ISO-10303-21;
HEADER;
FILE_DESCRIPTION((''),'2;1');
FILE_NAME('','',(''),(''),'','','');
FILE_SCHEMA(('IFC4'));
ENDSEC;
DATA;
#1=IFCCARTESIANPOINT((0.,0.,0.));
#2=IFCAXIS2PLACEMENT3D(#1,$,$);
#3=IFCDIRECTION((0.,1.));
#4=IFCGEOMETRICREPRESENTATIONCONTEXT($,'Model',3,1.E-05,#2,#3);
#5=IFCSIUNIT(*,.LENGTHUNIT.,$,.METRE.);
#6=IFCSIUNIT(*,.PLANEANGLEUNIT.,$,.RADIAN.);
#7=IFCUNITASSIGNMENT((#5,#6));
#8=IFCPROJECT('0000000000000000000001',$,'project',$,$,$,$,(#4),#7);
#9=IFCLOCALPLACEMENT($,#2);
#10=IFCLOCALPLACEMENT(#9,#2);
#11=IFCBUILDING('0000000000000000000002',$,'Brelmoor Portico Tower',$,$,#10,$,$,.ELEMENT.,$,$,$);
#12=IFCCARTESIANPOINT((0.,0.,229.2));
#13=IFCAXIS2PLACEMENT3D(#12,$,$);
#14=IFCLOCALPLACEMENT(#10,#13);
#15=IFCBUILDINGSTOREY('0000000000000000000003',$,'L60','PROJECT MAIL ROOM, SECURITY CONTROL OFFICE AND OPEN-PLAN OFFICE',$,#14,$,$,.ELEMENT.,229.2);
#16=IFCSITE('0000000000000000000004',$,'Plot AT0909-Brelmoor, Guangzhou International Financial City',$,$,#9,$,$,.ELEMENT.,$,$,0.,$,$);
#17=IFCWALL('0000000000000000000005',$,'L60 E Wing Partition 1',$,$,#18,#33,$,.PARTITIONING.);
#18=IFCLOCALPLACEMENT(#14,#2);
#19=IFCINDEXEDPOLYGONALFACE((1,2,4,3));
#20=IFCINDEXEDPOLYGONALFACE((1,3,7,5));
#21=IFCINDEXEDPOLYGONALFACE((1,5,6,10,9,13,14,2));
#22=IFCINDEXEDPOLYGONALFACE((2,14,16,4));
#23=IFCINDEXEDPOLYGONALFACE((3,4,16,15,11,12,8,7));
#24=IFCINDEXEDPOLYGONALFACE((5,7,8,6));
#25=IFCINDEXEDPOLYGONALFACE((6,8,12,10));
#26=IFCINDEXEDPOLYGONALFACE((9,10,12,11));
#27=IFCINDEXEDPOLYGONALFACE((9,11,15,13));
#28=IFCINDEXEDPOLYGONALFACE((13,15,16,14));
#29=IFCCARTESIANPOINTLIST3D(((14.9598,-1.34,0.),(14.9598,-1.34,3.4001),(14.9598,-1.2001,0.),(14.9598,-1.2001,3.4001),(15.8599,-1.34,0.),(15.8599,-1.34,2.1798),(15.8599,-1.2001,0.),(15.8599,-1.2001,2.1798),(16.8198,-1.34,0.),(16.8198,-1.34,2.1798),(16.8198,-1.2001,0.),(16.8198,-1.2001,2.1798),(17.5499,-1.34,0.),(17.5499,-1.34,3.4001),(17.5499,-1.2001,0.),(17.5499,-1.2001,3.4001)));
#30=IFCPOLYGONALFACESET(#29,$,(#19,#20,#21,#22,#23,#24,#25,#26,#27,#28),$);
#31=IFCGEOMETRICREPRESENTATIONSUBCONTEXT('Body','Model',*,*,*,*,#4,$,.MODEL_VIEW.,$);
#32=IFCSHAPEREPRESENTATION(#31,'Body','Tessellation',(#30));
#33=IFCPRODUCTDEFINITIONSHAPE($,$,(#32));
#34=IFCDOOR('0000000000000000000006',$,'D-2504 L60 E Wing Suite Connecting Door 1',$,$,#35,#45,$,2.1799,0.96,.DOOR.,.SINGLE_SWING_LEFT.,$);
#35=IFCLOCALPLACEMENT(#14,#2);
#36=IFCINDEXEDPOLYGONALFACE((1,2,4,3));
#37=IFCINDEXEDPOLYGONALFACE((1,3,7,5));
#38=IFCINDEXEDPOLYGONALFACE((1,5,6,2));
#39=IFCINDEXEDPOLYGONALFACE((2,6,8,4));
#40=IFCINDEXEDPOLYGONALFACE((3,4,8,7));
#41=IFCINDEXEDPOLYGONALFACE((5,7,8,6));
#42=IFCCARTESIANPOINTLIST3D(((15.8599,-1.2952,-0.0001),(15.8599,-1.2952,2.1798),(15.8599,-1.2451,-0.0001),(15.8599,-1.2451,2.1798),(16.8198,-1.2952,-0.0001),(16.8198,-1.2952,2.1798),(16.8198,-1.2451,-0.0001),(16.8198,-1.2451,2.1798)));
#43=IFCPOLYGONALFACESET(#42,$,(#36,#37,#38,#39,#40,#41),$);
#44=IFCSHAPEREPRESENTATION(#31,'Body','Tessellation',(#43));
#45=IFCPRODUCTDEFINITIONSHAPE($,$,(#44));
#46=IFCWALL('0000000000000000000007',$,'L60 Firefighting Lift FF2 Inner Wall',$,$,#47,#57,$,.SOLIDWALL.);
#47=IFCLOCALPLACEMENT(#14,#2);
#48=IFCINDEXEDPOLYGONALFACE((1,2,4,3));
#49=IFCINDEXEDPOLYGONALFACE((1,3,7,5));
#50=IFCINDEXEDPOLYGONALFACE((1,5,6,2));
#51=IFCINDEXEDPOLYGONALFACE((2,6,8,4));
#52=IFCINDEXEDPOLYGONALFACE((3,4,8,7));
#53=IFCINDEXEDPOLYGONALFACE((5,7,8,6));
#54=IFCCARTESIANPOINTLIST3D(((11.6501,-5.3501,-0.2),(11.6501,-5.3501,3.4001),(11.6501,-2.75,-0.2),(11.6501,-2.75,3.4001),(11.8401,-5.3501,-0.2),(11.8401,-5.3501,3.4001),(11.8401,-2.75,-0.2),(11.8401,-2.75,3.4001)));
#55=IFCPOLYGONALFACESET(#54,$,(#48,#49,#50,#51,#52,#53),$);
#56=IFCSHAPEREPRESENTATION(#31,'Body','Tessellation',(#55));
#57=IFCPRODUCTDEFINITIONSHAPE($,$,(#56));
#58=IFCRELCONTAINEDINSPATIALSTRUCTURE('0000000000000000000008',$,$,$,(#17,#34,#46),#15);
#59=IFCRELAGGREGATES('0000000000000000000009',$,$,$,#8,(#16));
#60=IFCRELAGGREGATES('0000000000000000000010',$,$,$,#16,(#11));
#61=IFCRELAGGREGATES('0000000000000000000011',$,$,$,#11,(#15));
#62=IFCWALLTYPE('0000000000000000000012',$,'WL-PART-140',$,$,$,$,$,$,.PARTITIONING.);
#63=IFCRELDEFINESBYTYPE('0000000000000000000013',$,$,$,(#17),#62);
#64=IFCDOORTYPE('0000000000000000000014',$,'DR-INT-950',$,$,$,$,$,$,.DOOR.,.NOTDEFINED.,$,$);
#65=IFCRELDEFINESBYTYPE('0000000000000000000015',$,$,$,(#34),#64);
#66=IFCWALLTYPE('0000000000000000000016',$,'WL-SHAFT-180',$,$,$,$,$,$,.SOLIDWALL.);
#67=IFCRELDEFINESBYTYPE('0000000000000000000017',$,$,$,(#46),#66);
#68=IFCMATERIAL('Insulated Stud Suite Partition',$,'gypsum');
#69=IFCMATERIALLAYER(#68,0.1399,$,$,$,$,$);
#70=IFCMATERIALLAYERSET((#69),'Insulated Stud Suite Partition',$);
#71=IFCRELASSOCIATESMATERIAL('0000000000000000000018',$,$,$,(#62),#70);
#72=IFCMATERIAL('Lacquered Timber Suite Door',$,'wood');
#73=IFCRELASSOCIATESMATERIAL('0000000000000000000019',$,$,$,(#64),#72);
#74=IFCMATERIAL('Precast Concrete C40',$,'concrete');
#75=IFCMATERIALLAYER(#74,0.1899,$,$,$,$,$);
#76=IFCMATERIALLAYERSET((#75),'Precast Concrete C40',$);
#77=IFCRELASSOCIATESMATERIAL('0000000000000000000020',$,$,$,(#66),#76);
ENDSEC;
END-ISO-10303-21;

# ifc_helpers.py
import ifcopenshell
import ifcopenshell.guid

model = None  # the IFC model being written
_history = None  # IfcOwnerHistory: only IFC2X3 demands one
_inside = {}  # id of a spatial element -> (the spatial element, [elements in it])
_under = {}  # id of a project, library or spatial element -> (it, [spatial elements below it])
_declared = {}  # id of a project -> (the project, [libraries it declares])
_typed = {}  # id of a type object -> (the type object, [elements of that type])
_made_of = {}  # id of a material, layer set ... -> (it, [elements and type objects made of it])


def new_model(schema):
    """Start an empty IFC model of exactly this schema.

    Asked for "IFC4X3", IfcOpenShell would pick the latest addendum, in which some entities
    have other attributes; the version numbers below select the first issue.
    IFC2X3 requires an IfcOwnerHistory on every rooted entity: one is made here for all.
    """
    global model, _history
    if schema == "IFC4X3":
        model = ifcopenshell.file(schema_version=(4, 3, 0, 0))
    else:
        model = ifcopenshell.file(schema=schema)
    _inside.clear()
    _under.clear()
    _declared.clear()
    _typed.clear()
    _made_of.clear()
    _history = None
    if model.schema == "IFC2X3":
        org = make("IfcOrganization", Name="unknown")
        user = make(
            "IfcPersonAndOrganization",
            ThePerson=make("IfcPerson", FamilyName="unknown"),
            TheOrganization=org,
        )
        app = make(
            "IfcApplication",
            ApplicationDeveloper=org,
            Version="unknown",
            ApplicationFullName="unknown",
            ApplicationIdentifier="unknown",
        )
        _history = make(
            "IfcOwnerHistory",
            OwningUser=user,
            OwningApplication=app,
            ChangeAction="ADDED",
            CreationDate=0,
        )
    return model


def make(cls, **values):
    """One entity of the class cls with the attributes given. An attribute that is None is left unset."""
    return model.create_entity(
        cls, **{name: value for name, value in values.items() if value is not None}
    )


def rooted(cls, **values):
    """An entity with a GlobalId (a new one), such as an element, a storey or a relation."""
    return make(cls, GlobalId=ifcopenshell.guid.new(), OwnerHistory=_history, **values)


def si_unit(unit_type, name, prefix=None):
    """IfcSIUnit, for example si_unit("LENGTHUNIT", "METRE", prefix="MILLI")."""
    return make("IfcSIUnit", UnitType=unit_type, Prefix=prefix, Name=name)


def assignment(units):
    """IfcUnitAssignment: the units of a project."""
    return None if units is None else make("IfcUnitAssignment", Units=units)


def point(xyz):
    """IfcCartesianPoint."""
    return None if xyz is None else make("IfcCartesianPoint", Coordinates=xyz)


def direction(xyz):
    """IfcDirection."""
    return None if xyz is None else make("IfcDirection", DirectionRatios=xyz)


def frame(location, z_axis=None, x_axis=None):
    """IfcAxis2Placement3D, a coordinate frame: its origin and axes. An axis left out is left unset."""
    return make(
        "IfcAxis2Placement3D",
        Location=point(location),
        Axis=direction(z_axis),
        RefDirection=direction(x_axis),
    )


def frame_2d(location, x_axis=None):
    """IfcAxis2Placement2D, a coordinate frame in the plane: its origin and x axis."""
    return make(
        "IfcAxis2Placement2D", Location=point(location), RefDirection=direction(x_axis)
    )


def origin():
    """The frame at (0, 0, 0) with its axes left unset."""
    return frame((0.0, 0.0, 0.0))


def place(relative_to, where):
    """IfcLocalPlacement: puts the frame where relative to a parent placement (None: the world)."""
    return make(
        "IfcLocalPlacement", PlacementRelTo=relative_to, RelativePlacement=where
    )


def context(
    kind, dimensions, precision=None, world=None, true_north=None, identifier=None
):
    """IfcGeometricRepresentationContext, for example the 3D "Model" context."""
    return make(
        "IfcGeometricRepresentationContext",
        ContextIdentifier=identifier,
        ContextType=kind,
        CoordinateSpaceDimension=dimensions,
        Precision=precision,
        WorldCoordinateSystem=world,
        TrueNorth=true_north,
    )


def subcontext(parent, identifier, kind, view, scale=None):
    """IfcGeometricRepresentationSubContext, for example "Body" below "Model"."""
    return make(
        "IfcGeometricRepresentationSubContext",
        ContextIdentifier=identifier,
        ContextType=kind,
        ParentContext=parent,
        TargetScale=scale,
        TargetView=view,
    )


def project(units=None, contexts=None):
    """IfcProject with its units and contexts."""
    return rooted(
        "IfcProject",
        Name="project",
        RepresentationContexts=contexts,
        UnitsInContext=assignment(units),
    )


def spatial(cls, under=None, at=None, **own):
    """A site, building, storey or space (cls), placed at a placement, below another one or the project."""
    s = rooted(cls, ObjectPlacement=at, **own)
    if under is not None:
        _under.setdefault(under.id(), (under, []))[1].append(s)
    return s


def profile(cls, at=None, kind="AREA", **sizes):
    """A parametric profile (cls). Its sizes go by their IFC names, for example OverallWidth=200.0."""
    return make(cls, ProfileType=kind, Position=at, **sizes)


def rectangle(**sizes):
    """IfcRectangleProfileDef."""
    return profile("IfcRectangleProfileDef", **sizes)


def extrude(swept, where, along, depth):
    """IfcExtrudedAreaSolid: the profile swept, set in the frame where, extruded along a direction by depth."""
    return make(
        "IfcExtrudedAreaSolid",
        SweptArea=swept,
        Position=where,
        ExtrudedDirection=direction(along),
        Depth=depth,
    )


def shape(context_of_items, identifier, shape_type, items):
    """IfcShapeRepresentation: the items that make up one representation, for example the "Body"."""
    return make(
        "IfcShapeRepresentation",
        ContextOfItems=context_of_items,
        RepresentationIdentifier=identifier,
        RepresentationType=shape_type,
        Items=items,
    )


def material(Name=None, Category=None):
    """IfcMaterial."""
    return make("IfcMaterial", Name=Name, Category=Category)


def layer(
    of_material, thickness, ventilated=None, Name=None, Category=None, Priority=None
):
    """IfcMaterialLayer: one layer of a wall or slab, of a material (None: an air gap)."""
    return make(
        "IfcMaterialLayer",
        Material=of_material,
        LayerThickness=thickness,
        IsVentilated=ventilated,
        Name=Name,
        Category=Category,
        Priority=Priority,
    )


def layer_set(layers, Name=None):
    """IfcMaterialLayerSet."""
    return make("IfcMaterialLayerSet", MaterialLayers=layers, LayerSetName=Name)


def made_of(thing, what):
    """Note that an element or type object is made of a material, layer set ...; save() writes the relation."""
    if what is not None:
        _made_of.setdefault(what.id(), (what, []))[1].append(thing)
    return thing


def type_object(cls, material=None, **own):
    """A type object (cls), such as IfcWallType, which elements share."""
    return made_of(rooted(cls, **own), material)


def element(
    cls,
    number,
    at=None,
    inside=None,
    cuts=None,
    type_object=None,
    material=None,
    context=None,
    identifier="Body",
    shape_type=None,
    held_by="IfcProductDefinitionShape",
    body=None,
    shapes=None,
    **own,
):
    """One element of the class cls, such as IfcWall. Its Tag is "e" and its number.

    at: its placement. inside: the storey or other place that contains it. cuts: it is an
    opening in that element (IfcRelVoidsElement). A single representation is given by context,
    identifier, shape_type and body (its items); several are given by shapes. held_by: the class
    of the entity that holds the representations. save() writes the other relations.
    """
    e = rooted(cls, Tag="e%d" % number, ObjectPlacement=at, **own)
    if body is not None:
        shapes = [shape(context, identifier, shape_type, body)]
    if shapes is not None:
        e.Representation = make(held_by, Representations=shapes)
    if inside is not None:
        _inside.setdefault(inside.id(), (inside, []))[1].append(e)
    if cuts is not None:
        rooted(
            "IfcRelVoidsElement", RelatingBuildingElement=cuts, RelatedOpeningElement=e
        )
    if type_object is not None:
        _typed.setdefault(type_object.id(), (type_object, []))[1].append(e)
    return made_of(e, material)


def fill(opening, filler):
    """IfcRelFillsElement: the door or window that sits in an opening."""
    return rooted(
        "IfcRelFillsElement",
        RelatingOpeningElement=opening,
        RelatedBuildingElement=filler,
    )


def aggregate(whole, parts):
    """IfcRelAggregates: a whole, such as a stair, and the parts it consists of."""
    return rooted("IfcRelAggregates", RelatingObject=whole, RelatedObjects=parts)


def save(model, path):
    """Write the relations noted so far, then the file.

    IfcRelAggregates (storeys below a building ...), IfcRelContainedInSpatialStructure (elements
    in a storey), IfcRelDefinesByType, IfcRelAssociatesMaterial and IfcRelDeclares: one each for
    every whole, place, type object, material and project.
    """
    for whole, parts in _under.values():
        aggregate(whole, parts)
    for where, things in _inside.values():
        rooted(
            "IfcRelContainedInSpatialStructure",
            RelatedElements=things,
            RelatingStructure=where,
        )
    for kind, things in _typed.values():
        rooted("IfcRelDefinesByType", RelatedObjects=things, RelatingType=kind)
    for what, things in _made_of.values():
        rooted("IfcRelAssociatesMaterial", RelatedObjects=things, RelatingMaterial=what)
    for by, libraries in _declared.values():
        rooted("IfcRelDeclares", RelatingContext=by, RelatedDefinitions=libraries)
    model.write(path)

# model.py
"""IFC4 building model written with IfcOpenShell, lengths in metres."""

from ifc_helpers import new_model, si_unit, direction, frame, frame_2d, origin, place, context, subcontext, project, spatial, rectangle, extrude, material, layer, layer_set, type_object, element, fill, save


model = new_model("IFC4")

# Units and contexts
model_context = context("Model", 3, precision=1e-05, world=origin(), true_north=direction((0.0, 1.0)))
body_context = subcontext(model_context, "Body", "Model", "MODEL_VIEW")
ifc_project = project(units=[si_unit("LENGTHUNIT", "METRE"), si_unit("PLANEANGLEUNIT", "RADIAN")], contexts=[model_context])

# Site, building, storey
site_placement = place(None, origin())
site = spatial("IfcSite", under=ifc_project, at=site_placement, Name="Plot AT0909-Brelmoor, Guangzhou International Financial City", CompositionType="ELEMENT", RefElevation=0.0)
building_placement = place(site_placement, origin())
building = spatial("IfcBuilding", under=site, at=building_placement, Name="Brelmoor Portico Tower", CompositionType="ELEMENT")
storey_placement = place(building_placement, frame((0.0, 0.0, 229.2)))
storey = spatial("IfcBuildingStorey", under=building, at=storey_placement, Name="L60", Description="PROJECT MAIL ROOM, SECURITY CONTROL OFFICE AND OPEN-PLAN OFFICE", CompositionType="ELEMENT", Elevation=229.2)

# Shared definitions
ifc_material_1 = material(Name="Insulated Stud Suite Partition", Category="gypsum")
ifc_layer_1 = layer(ifc_material_1, 0.1399)
ifc_layer_set_1 = layer_set([ifc_layer_1], Name="Insulated Stud Suite Partition")
wall_type_1 = type_object("IfcWallType", Name="WL-PART-140", PredefinedType="PARTITIONING", material=ifc_layer_set_1)

# Wall, opening, door
ifc_material_2 = material(Name="Lacquered Timber Suite Door", Category="wood")
door_type_1 = type_object("IfcDoorType", Name="DR-INT-950", OperationType="NOTDEFINED", PredefinedType="DOOR", material=ifc_material_2)
wall_1_placement = place(storey_placement, frame((14.96, -1.27, 0.0), z_axis=(0.0, 0.0, 1.0), x_axis=(1.0, 0.0, 0.0)))
wall_1 = element("IfcWall", 1, at=wall_1_placement, inside=storey, type_object=wall_type_1, Name="L60 E Wing Partition 1", PredefinedType="PARTITIONING", context=body_context, shape_type="SweptSolid", body=[
    extrude(rectangle(XDim=2.5901, YDim=0.1399, at=frame_2d((1.2949, 0.0))), origin(), (0.0, 0.0, 1.0), 3.4001),
])
opening_1_placement = place(wall_1_placement, frame((0.8999, 0.0, 0.0)))
opening_1 = element("IfcOpeningElement", 2, at=opening_1_placement, cuts=wall_1, PredefinedType="OPENING", context=body_context, shape_type="SweptSolid", body=[
    extrude(rectangle(XDim=0.96, YDim=2.1799, at=frame_2d((0.48, 1.0898))), frame((0.0, 0.0798, 0.0), z_axis=(0.0, -1.0, 0.0), x_axis=(1.0, 0.0, 0.0)), (0.0, 0.0, 1.0), 0.1599),
])
door_1_placement = place(opening_1_placement, origin())
door_1 = element("IfcDoor", 3, at=door_1_placement, inside=storey, type_object=door_type_1, Name="D-2504 L60 E Wing Suite Connecting Door 1", OperationType="SINGLE_SWING_LEFT", OverallHeight=2.1799, OverallWidth=0.96, PredefinedType="DOOR", context=body_context, shape_type="SweptSolid", body=[
    extrude(rectangle(XDim=0.96, YDim=2.1799, at=frame_2d((0.48, 1.0898))), frame((0.0, 0.0249, 0.0), z_axis=(0.0, -1.0, 0.0), x_axis=(1.0, 0.0, 0.0)), (0.0, 0.0, 1.0), 0.05),
])
fill(opening_1, door_1)

# Wall
ifc_material_3 = material(Name="Precast Concrete C40", Category="concrete")
ifc_layer_2 = layer(ifc_material_3, 0.1899)
ifc_layer_set_2 = layer_set([ifc_layer_2], Name="Precast Concrete C40")
wall_type_2 = type_object("IfcWallType", Name="WL-SHAFT-180", PredefinedType="SOLIDWALL", material=ifc_layer_set_2)
wall_2_placement = place(storey_placement, frame((11.7451, -5.3501, -0.2), z_axis=(0.0, 0.0, 1.0), x_axis=(0.0, 1.0, 0.0)))
element("IfcWall", 4, at=wall_2_placement, inside=storey, type_object=wall_type_2, Name="L60 Firefighting Lift FF2 Inner Wall", PredefinedType="SOLIDWALL", context=body_context, shape_type="SweptSolid", body=[
    extrude(rectangle(XDim=2.6001, YDim=0.1899, at=frame_2d((1.3, 0.0))), origin(), (0.0, 0.0, 1.0), 3.6001),
])

save(model, "model.ifc")
